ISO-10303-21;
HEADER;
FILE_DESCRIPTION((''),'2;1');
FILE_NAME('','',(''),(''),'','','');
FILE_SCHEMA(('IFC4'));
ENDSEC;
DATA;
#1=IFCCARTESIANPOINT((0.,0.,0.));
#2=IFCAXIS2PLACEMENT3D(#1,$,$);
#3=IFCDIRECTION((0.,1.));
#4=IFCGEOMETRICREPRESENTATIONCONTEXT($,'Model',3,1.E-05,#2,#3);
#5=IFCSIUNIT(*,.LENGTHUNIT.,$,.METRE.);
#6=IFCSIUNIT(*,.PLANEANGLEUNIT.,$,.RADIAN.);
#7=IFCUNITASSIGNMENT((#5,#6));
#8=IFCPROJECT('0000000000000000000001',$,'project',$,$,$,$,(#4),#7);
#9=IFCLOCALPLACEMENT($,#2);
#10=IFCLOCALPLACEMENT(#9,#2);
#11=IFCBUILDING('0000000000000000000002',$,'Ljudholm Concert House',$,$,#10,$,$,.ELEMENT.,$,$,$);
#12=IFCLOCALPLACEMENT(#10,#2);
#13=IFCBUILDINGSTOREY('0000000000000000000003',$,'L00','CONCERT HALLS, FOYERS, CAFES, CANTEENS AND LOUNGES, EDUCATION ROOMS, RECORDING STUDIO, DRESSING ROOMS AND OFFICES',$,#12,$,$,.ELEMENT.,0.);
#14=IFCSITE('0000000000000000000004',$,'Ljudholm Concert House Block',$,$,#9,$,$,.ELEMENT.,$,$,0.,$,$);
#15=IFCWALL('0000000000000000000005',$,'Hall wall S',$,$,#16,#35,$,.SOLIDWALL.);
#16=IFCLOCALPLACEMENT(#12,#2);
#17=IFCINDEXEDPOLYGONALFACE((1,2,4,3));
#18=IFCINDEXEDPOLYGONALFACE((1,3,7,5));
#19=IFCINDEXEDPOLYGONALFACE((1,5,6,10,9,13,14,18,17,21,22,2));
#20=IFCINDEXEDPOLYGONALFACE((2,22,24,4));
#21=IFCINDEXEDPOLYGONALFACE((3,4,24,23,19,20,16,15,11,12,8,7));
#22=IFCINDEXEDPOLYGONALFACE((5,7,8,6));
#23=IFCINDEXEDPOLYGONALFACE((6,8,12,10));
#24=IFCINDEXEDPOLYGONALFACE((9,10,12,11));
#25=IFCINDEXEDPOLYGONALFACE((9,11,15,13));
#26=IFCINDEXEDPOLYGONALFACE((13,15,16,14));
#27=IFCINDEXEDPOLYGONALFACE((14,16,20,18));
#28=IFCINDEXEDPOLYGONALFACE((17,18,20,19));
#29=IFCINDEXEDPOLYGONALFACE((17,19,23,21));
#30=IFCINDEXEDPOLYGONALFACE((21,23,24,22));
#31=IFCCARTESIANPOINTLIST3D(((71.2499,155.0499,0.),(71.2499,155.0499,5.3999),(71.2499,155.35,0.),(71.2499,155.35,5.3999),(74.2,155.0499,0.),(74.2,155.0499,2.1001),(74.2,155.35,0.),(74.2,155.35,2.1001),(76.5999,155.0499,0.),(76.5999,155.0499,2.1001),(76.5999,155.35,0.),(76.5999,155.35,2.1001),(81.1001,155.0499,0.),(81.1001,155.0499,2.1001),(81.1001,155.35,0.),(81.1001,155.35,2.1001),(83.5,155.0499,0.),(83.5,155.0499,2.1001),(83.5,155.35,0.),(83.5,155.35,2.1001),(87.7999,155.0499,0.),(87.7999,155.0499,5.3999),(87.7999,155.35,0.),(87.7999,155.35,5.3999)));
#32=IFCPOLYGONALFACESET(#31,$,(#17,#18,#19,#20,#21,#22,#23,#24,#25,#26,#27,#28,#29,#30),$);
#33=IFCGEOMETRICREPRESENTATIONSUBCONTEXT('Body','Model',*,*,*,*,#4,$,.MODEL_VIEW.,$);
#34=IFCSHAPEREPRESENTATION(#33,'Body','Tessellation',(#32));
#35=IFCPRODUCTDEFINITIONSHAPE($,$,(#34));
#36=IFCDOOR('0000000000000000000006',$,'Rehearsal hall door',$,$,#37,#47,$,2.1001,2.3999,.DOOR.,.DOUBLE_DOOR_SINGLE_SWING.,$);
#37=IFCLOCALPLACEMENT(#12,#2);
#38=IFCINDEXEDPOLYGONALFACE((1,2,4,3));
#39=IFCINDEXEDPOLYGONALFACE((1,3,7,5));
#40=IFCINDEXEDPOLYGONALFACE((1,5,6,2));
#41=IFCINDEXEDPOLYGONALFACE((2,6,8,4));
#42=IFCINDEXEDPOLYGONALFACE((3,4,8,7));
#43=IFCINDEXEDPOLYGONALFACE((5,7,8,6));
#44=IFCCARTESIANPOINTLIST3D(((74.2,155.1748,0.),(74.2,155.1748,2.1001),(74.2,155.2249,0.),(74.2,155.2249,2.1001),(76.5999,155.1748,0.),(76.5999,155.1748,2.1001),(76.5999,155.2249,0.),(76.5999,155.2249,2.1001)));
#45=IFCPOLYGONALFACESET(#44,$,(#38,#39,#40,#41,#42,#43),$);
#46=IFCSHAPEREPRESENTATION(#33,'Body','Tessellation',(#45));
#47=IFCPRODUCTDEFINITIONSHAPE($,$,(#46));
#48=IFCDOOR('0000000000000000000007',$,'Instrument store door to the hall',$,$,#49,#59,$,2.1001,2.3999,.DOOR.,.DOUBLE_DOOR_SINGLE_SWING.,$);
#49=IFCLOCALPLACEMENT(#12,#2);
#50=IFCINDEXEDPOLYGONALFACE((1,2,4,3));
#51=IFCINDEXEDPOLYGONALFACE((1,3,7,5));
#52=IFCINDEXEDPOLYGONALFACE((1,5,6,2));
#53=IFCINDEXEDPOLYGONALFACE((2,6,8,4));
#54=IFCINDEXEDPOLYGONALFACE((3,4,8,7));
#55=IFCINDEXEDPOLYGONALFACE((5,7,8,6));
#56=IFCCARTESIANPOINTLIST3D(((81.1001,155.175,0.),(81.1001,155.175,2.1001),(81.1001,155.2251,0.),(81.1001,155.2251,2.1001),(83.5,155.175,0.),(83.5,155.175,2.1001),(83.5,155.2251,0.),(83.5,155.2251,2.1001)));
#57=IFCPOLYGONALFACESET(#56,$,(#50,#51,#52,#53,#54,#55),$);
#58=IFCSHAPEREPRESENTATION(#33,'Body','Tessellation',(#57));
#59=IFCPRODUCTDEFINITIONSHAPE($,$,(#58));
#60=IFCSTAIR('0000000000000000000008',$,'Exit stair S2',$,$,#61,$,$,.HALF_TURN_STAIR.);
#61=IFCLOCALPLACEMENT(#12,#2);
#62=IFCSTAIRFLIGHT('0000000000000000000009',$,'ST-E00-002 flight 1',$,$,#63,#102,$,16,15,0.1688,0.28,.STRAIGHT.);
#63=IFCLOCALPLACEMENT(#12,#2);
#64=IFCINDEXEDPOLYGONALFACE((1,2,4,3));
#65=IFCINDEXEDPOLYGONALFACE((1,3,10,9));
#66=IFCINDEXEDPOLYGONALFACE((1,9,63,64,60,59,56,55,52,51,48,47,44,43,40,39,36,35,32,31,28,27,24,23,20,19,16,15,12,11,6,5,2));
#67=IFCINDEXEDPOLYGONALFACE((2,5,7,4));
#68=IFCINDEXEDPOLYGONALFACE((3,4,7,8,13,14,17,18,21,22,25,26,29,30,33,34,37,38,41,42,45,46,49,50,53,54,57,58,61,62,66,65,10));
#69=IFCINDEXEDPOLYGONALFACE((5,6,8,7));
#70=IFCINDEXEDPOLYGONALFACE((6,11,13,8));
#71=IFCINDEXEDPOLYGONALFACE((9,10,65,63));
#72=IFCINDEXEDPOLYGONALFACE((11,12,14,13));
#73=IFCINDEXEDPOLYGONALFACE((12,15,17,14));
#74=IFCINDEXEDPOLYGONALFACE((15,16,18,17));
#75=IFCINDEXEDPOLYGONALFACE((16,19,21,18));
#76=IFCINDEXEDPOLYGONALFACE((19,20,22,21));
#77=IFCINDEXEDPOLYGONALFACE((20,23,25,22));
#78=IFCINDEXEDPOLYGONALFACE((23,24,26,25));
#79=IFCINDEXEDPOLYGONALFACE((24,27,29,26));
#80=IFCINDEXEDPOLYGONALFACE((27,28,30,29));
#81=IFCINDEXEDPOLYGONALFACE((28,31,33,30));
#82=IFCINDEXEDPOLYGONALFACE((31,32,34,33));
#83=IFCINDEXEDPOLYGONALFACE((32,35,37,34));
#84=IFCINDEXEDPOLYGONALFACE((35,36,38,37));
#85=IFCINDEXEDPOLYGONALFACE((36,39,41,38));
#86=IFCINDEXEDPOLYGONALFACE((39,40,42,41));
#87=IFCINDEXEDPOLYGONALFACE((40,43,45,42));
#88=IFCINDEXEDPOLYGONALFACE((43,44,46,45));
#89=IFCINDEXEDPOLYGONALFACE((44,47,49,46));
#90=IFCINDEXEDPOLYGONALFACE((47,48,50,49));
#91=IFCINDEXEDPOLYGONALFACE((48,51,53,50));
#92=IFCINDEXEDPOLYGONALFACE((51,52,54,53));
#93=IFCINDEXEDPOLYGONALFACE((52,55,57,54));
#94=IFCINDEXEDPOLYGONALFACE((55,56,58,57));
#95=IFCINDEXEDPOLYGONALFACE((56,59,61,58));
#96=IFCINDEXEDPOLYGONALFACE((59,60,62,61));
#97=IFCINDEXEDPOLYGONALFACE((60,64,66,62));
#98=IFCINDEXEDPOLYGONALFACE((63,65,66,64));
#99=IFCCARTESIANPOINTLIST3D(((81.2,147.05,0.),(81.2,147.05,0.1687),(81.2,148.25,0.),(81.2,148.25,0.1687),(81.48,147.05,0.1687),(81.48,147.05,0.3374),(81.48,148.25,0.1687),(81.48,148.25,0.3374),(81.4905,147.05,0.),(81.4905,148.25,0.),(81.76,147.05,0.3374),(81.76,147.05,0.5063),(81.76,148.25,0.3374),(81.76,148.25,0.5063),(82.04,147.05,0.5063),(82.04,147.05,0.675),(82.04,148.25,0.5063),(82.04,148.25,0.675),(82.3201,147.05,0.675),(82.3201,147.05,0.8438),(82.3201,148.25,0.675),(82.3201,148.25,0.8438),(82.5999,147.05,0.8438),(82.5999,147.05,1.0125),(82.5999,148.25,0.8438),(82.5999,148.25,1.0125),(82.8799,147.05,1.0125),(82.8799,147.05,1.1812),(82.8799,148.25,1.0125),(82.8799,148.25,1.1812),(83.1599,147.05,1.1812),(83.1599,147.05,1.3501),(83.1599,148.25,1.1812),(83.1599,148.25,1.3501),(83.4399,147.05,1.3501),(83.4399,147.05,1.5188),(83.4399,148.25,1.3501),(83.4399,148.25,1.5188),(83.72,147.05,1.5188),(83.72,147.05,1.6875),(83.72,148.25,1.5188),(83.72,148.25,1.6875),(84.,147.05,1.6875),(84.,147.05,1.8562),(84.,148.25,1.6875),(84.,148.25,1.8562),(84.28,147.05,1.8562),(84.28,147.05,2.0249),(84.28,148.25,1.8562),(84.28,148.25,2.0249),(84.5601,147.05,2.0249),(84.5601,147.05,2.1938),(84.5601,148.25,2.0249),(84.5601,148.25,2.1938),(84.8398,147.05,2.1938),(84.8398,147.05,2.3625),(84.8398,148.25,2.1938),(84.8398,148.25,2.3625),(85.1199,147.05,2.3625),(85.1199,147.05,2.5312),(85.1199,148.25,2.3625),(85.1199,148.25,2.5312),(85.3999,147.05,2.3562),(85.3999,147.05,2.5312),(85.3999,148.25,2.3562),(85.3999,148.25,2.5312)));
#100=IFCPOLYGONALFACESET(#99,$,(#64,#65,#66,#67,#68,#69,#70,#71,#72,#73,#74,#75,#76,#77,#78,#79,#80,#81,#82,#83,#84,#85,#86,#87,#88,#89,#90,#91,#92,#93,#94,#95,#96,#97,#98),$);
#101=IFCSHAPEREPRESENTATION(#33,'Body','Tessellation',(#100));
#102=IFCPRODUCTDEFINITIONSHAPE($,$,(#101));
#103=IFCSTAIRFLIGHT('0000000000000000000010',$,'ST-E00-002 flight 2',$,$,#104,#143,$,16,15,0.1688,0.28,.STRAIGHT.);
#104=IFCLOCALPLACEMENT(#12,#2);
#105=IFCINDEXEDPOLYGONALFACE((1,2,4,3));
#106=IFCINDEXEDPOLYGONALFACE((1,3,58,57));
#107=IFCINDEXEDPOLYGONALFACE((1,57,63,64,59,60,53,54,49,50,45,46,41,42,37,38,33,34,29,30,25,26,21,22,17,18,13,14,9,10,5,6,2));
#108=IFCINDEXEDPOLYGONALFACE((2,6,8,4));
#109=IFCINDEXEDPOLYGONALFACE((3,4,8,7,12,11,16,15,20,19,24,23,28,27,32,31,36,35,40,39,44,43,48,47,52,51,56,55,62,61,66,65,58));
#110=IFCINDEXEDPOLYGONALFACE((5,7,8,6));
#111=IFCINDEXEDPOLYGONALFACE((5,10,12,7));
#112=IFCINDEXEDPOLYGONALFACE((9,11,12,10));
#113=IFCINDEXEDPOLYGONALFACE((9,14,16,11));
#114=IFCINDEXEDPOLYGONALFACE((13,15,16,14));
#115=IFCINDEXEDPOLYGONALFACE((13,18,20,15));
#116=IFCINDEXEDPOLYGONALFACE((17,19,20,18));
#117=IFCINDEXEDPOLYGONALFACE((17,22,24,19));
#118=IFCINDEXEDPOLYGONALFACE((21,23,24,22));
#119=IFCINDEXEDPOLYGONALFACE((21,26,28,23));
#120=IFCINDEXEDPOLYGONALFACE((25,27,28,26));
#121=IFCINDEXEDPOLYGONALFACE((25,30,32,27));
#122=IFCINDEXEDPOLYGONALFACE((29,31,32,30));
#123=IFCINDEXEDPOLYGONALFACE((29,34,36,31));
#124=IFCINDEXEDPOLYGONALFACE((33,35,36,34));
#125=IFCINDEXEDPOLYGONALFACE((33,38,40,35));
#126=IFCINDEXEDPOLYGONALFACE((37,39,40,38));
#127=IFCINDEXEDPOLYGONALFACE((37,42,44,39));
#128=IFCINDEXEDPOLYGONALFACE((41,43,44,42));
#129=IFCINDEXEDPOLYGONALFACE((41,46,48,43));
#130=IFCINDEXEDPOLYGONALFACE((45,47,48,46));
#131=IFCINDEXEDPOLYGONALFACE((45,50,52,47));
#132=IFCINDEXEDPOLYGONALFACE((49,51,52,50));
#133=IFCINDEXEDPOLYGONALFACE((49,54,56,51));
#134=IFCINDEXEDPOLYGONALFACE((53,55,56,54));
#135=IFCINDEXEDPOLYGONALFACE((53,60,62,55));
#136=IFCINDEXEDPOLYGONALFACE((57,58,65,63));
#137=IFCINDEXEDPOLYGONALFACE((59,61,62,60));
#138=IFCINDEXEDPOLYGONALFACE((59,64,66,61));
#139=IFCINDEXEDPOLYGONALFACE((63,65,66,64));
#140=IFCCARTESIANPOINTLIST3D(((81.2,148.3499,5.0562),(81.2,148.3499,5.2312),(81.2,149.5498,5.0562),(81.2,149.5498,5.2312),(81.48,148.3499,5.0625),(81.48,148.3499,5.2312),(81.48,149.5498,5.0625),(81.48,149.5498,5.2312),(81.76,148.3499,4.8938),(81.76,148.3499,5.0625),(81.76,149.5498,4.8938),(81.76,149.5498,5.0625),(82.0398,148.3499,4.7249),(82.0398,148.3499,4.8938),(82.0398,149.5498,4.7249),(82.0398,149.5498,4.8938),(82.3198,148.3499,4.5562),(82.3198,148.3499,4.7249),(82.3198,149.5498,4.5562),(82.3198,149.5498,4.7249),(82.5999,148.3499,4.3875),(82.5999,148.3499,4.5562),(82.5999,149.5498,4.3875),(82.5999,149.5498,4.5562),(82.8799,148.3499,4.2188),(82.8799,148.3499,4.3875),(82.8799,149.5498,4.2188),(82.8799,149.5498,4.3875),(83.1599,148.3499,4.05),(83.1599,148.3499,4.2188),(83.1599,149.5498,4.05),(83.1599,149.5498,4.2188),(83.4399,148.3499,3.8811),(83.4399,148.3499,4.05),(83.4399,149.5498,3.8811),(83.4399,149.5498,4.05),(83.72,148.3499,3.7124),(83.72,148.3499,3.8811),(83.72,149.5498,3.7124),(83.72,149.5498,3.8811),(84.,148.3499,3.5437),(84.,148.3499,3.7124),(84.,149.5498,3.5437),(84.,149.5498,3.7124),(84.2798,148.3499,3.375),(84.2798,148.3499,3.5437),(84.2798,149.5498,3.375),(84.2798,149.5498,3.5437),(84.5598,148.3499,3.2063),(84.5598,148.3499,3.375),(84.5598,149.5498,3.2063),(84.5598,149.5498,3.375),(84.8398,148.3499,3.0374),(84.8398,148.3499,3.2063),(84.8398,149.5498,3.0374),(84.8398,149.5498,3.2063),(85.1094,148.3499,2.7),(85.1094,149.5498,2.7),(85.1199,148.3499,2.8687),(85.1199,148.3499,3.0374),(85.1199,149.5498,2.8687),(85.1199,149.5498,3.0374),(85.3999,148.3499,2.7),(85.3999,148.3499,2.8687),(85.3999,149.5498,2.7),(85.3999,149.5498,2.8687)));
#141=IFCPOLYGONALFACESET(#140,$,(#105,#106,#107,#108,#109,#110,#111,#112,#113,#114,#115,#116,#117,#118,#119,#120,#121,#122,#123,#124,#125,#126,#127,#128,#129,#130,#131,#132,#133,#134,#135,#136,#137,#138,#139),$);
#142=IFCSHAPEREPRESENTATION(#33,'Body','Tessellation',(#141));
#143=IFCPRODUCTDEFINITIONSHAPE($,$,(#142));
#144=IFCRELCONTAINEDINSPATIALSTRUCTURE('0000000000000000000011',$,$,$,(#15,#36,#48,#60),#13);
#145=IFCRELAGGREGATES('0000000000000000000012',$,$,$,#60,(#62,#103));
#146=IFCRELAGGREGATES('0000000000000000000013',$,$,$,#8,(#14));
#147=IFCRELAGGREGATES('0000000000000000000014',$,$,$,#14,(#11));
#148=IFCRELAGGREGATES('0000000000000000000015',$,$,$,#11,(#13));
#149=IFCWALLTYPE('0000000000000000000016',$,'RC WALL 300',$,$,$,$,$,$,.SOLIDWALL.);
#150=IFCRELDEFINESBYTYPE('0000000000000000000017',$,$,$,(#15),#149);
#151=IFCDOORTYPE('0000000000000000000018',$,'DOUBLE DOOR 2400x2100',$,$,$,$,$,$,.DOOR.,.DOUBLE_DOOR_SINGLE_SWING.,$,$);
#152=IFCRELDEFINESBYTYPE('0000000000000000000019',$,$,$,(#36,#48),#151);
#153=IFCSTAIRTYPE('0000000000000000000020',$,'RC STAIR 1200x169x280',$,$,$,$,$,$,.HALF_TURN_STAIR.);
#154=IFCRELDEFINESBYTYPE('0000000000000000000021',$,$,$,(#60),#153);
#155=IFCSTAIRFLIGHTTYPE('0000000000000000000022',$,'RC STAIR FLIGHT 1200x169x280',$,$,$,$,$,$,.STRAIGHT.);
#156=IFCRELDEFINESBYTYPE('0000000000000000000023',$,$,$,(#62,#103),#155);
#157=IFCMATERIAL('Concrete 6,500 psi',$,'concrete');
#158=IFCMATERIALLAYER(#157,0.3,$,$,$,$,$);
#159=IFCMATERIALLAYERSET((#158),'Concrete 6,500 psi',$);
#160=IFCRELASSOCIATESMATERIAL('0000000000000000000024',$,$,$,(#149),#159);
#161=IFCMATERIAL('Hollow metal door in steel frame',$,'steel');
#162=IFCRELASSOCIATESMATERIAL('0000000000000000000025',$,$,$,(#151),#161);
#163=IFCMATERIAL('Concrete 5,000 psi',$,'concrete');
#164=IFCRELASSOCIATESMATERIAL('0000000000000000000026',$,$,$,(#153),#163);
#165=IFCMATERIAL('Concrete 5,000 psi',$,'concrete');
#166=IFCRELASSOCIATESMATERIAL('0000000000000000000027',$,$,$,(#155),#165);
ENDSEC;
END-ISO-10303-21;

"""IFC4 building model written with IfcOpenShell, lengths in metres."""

from ifc_helpers import new_model, si_unit, direction, frame, frame_2d, origin, place, context, subcontext, project, spatial, polyline, rectangle, outline, extrude, material, layer, layer_set, type_object, element, fill, aggregate, save


model = new_model("IFC4")

# Units and contexts
model_context = context("Model", 3, precision=1e-05, world=origin(), true_north=direction((0.0, 1.0)))
body_context = subcontext(model_context, "Body", "Model", "MODEL_VIEW")
ifc_project = project(units=[si_unit("LENGTHUNIT", "METRE"), si_unit("PLANEANGLEUNIT", "RADIAN")], contexts=[model_context])

# Site, building, storey
site_placement = place(None, origin())
site = spatial("IfcSite", under=ifc_project, at=site_placement, Name="Ljudholm Concert House Block", CompositionType="ELEMENT", RefElevation=0.0)
building_placement = place(site_placement, origin())
building = spatial("IfcBuilding", under=site, at=building_placement, Name="Ljudholm Concert House", CompositionType="ELEMENT")
storey_placement = place(building_placement, origin())
storey = spatial("IfcBuildingStorey", under=building, at=storey_placement, Name="L00", Description="CONCERT HALLS, FOYERS, CAFES, CANTEENS AND LOUNGES, EDUCATION ROOMS, RECORDING STUDIO, DRESSING ROOMS AND OFFICES", CompositionType="ELEMENT", Elevation=0.0)

# Wall, openings, doors
ifc_material_1 = material(Name="Concrete 6,500 psi", Category="concrete")
ifc_layer_1 = layer(ifc_material_1, 0.3)
ifc_layer_set_1 = layer_set([ifc_layer_1], Name="Concrete 6,500 psi")
wall_type_1 = type_object("IfcWallType", Name="RC WALL 300", PredefinedType="SOLIDWALL", material=ifc_layer_set_1)
wall_1_placement = place(storey_placement, frame((71.25, 155.2, 0.0), z_axis=(0.0, 0.0, 1.0), x_axis=(1.0, 0.0, 0.0)))
wall_1 = element("IfcWall", 1, at=wall_1_placement, inside=storey, type_object=wall_type_1, Name="Hall wall S", PredefinedType="SOLIDWALL", context=body_context, shape_type="SweptSolid", body=[
    extrude(rectangle(XDim=16.55, YDim=0.3, at=frame_2d((8.2749, 0.0))), origin(), (0.0, 0.0, 1.0), 5.3999),
])
opening_1_placement = place(wall_1_placement, frame((2.95, 0.0, 0.0)))
opening_1 = element("IfcOpeningElement", 2, at=opening_1_placement, cuts=wall_1, PredefinedType="OPENING", context=body_context, shape_type="SweptSolid", body=[
    extrude(rectangle(XDim=2.3999, YDim=2.1001, at=frame_2d((1.2, 1.05))), frame((0.0, 0.1599, 0.0), z_axis=(0.0, -1.0, 0.0), x_axis=(1.0, 0.0, 0.0)), (0.0, 0.0, 1.0), 0.3201),
])
opening_2_placement = place(wall_1_placement, frame((9.8501, 0.0, 0.0)))
opening_2 = element("IfcOpeningElement", 3, at=opening_2_placement, cuts=wall_1, PredefinedType="OPENING", context=body_context, shape_type="SweptSolid", body=[
    extrude(rectangle(XDim=2.3999, YDim=2.1001, at=frame_2d((1.2, 1.05))), frame((0.0, 0.1599, 0.0), z_axis=(0.0, -1.0, 0.0), x_axis=(1.0, 0.0, 0.0)), (0.0, 0.0, 1.0), 0.3201),
])
ifc_material_2 = material(Name="Hollow metal door in steel frame", Category="steel")
door_type_1 = type_object("IfcDoorType", Name="DOUBLE DOOR 2400x2100", OperationType="DOUBLE_DOOR_SINGLE_SWING", PredefinedType="DOOR", material=ifc_material_2)
door_1_placement = place(opening_1_placement, origin())
door_1 = element("IfcDoor", 4, at=door_1_placement, inside=storey, type_object=door_type_1, Name="Rehearsal hall door", OperationType="DOUBLE_DOOR_SINGLE_SWING", OverallHeight=2.1001, OverallWidth=2.3999, PredefinedType="DOOR", context=body_context, shape_type="SweptSolid", body=[
    extrude(rectangle(XDim=2.3999, YDim=2.1001, at=frame_2d((1.2, 1.05))), frame((0.0, 0.0249, 0.0), z_axis=(0.0, -1.0, 0.0), x_axis=(1.0, 0.0, 0.0)), (0.0, 0.0, 1.0), 0.05),
])
fill(opening_1, door_1)
door_2_placement = place(opening_2_placement, frame((2.3999, 0.0, 0.0), z_axis=(0.0, 0.0, 1.0), x_axis=(-1.0, 0.0, 0.0)))
door_2 = element("IfcDoor", 5, at=door_2_placement, inside=storey, type_object=door_type_1, Name="Instrument store door to the hall", OperationType="DOUBLE_DOOR_SINGLE_SWING", OverallHeight=2.1001, OverallWidth=2.3999, PredefinedType="DOOR", context=body_context, shape_type="SweptSolid", body=[
    extrude(rectangle(XDim=2.3999, YDim=2.1001, at=frame_2d((1.2, 1.05))), frame((0.0, 0.0249, 0.0), z_axis=(0.0, -1.0, 0.0), x_axis=(1.0, 0.0, 0.0)), (0.0, 0.0, 1.0), 0.05),
])
fill(opening_2, door_2)

# Stair, stair flights
ifc_material_3 = material(Name="Concrete 5,000 psi", Category="concrete")
stair_type = type_object("IfcStairType", Name="RC STAIR 1200x169x280", PredefinedType="HALF_TURN_STAIR", material=ifc_material_3)
stair_placement = place(storey_placement, origin())
stair = element("IfcStair", 6, at=stair_placement, inside=storey, type_object=stair_type, Name="Exit stair S2", PredefinedType="HALF_TURN_STAIR")
ifc_material_4 = material(Name="Concrete 5,000 psi", Category="concrete")
stair_flight_type = type_object("IfcStairFlightType", Name="RC STAIR FLIGHT 1200x169x280", PredefinedType="STRAIGHT", material=ifc_material_4)
stair_flight_1_placement = place(storey_placement, frame((81.2, 147.6499, 0.0), z_axis=(0.0, 0.0, 1.0), x_axis=(1.0, 0.0, 0.0)))
stair_flight_1 = element("IfcStairFlight", 7, at=stair_flight_1_placement, type_object=stair_flight_type, Name="ST-E00-002 flight 1", NumberOfRisers=16, NumberOfTreads=15, PredefinedType="STRAIGHT", RiserHeight=0.1688, TreadLength=0.28, context=body_context, shape_type="SweptSolid", body=[
    extrude(outline(polyline([(0.0, 0.0), (0.0, 0.1687), (0.28, 0.1687), (0.28, 0.3374), (0.5601, 0.3374), (0.5601, 0.5063), (0.8401, 0.5063), (0.8401, 0.675), (1.1201, 0.675), (1.1201, 0.8438), (1.3999, 0.8438), (1.3999, 1.0125), (1.6799, 1.0125), (1.6799, 1.1812), (1.96, 1.1812), (1.96, 1.3501), (2.24, 1.3501), (2.24, 1.5188), (2.52, 1.5188), (2.52, 1.6875), (2.8, 1.6875), (2.8, 1.8562), (3.0801, 1.8562), (3.0801, 2.0249), (3.3601, 2.0249), (3.3601, 2.1938), (3.6399, 2.1938), (3.6399, 2.3625), (3.9199, 2.3625), (3.9199, 2.5312), (4.2, 2.5312), (4.2, 2.7), (4.2, 2.3562), (0.2905, 0.0), (0.0, 0.0)])), frame((0.0, 0.6001, 0.0), z_axis=(0.0, -1.0, 0.0), x_axis=(1.0, 0.0, 0.0)), (0.0, 0.0, 1.0), 1.2),
])
stair_flight_2_placement = place(storey_placement, frame((85.3999, 148.95, 2.7), z_axis=(0.0, 0.0, 1.0), x_axis=(-1.0, 0.0, 0.0)))
stair_flight_2 = element("IfcStairFlight", 8, at=stair_flight_2_placement, type_object=stair_flight_type, Name="ST-E00-002 flight 2", NumberOfRisers=16, NumberOfTreads=15, PredefinedType="STRAIGHT", RiserHeight=0.1688, TreadLength=0.28, context=body_context, shape_type="SweptSolid", body=[
    extrude(outline(polyline([(0.0, 0.0), (0.0, 0.1687), (0.28, 0.1687), (0.28, 0.3374), (0.5601, 0.3374), (0.5601, 0.5063), (0.8401, 0.5063), (0.8401, 0.675), (1.1201, 0.675), (1.1201, 0.8438), (1.3999, 0.8438), (1.3999, 1.0125), (1.6799, 1.0125), (1.6799, 1.1812), (1.96, 1.1812), (1.96, 1.3501), (2.24, 1.3501), (2.24, 1.5188), (2.52, 1.5188), (2.52, 1.6875), (2.8, 1.6875), (2.8, 1.8562), (3.0801, 1.8562), (3.0801, 2.0249), (3.3601, 2.0249), (3.3601, 2.1938), (3.6399, 2.1938), (3.6399, 2.3625), (3.9199, 2.3625), (3.9199, 2.5312), (4.2, 2.5312), (4.2, 2.7), (4.2, 2.3562), (0.2905, 0.0), (0.0, 0.0)])), frame((0.0, 0.6001, 0.0), z_axis=(0.0, -1.0, 0.0), x_axis=(1.0, 0.0, 0.0)), (0.0, 0.0, 1.0), 1.2),
])
aggregate(stair, [stair_flight_1, stair_flight_2])

save(model, "model.ifc")
